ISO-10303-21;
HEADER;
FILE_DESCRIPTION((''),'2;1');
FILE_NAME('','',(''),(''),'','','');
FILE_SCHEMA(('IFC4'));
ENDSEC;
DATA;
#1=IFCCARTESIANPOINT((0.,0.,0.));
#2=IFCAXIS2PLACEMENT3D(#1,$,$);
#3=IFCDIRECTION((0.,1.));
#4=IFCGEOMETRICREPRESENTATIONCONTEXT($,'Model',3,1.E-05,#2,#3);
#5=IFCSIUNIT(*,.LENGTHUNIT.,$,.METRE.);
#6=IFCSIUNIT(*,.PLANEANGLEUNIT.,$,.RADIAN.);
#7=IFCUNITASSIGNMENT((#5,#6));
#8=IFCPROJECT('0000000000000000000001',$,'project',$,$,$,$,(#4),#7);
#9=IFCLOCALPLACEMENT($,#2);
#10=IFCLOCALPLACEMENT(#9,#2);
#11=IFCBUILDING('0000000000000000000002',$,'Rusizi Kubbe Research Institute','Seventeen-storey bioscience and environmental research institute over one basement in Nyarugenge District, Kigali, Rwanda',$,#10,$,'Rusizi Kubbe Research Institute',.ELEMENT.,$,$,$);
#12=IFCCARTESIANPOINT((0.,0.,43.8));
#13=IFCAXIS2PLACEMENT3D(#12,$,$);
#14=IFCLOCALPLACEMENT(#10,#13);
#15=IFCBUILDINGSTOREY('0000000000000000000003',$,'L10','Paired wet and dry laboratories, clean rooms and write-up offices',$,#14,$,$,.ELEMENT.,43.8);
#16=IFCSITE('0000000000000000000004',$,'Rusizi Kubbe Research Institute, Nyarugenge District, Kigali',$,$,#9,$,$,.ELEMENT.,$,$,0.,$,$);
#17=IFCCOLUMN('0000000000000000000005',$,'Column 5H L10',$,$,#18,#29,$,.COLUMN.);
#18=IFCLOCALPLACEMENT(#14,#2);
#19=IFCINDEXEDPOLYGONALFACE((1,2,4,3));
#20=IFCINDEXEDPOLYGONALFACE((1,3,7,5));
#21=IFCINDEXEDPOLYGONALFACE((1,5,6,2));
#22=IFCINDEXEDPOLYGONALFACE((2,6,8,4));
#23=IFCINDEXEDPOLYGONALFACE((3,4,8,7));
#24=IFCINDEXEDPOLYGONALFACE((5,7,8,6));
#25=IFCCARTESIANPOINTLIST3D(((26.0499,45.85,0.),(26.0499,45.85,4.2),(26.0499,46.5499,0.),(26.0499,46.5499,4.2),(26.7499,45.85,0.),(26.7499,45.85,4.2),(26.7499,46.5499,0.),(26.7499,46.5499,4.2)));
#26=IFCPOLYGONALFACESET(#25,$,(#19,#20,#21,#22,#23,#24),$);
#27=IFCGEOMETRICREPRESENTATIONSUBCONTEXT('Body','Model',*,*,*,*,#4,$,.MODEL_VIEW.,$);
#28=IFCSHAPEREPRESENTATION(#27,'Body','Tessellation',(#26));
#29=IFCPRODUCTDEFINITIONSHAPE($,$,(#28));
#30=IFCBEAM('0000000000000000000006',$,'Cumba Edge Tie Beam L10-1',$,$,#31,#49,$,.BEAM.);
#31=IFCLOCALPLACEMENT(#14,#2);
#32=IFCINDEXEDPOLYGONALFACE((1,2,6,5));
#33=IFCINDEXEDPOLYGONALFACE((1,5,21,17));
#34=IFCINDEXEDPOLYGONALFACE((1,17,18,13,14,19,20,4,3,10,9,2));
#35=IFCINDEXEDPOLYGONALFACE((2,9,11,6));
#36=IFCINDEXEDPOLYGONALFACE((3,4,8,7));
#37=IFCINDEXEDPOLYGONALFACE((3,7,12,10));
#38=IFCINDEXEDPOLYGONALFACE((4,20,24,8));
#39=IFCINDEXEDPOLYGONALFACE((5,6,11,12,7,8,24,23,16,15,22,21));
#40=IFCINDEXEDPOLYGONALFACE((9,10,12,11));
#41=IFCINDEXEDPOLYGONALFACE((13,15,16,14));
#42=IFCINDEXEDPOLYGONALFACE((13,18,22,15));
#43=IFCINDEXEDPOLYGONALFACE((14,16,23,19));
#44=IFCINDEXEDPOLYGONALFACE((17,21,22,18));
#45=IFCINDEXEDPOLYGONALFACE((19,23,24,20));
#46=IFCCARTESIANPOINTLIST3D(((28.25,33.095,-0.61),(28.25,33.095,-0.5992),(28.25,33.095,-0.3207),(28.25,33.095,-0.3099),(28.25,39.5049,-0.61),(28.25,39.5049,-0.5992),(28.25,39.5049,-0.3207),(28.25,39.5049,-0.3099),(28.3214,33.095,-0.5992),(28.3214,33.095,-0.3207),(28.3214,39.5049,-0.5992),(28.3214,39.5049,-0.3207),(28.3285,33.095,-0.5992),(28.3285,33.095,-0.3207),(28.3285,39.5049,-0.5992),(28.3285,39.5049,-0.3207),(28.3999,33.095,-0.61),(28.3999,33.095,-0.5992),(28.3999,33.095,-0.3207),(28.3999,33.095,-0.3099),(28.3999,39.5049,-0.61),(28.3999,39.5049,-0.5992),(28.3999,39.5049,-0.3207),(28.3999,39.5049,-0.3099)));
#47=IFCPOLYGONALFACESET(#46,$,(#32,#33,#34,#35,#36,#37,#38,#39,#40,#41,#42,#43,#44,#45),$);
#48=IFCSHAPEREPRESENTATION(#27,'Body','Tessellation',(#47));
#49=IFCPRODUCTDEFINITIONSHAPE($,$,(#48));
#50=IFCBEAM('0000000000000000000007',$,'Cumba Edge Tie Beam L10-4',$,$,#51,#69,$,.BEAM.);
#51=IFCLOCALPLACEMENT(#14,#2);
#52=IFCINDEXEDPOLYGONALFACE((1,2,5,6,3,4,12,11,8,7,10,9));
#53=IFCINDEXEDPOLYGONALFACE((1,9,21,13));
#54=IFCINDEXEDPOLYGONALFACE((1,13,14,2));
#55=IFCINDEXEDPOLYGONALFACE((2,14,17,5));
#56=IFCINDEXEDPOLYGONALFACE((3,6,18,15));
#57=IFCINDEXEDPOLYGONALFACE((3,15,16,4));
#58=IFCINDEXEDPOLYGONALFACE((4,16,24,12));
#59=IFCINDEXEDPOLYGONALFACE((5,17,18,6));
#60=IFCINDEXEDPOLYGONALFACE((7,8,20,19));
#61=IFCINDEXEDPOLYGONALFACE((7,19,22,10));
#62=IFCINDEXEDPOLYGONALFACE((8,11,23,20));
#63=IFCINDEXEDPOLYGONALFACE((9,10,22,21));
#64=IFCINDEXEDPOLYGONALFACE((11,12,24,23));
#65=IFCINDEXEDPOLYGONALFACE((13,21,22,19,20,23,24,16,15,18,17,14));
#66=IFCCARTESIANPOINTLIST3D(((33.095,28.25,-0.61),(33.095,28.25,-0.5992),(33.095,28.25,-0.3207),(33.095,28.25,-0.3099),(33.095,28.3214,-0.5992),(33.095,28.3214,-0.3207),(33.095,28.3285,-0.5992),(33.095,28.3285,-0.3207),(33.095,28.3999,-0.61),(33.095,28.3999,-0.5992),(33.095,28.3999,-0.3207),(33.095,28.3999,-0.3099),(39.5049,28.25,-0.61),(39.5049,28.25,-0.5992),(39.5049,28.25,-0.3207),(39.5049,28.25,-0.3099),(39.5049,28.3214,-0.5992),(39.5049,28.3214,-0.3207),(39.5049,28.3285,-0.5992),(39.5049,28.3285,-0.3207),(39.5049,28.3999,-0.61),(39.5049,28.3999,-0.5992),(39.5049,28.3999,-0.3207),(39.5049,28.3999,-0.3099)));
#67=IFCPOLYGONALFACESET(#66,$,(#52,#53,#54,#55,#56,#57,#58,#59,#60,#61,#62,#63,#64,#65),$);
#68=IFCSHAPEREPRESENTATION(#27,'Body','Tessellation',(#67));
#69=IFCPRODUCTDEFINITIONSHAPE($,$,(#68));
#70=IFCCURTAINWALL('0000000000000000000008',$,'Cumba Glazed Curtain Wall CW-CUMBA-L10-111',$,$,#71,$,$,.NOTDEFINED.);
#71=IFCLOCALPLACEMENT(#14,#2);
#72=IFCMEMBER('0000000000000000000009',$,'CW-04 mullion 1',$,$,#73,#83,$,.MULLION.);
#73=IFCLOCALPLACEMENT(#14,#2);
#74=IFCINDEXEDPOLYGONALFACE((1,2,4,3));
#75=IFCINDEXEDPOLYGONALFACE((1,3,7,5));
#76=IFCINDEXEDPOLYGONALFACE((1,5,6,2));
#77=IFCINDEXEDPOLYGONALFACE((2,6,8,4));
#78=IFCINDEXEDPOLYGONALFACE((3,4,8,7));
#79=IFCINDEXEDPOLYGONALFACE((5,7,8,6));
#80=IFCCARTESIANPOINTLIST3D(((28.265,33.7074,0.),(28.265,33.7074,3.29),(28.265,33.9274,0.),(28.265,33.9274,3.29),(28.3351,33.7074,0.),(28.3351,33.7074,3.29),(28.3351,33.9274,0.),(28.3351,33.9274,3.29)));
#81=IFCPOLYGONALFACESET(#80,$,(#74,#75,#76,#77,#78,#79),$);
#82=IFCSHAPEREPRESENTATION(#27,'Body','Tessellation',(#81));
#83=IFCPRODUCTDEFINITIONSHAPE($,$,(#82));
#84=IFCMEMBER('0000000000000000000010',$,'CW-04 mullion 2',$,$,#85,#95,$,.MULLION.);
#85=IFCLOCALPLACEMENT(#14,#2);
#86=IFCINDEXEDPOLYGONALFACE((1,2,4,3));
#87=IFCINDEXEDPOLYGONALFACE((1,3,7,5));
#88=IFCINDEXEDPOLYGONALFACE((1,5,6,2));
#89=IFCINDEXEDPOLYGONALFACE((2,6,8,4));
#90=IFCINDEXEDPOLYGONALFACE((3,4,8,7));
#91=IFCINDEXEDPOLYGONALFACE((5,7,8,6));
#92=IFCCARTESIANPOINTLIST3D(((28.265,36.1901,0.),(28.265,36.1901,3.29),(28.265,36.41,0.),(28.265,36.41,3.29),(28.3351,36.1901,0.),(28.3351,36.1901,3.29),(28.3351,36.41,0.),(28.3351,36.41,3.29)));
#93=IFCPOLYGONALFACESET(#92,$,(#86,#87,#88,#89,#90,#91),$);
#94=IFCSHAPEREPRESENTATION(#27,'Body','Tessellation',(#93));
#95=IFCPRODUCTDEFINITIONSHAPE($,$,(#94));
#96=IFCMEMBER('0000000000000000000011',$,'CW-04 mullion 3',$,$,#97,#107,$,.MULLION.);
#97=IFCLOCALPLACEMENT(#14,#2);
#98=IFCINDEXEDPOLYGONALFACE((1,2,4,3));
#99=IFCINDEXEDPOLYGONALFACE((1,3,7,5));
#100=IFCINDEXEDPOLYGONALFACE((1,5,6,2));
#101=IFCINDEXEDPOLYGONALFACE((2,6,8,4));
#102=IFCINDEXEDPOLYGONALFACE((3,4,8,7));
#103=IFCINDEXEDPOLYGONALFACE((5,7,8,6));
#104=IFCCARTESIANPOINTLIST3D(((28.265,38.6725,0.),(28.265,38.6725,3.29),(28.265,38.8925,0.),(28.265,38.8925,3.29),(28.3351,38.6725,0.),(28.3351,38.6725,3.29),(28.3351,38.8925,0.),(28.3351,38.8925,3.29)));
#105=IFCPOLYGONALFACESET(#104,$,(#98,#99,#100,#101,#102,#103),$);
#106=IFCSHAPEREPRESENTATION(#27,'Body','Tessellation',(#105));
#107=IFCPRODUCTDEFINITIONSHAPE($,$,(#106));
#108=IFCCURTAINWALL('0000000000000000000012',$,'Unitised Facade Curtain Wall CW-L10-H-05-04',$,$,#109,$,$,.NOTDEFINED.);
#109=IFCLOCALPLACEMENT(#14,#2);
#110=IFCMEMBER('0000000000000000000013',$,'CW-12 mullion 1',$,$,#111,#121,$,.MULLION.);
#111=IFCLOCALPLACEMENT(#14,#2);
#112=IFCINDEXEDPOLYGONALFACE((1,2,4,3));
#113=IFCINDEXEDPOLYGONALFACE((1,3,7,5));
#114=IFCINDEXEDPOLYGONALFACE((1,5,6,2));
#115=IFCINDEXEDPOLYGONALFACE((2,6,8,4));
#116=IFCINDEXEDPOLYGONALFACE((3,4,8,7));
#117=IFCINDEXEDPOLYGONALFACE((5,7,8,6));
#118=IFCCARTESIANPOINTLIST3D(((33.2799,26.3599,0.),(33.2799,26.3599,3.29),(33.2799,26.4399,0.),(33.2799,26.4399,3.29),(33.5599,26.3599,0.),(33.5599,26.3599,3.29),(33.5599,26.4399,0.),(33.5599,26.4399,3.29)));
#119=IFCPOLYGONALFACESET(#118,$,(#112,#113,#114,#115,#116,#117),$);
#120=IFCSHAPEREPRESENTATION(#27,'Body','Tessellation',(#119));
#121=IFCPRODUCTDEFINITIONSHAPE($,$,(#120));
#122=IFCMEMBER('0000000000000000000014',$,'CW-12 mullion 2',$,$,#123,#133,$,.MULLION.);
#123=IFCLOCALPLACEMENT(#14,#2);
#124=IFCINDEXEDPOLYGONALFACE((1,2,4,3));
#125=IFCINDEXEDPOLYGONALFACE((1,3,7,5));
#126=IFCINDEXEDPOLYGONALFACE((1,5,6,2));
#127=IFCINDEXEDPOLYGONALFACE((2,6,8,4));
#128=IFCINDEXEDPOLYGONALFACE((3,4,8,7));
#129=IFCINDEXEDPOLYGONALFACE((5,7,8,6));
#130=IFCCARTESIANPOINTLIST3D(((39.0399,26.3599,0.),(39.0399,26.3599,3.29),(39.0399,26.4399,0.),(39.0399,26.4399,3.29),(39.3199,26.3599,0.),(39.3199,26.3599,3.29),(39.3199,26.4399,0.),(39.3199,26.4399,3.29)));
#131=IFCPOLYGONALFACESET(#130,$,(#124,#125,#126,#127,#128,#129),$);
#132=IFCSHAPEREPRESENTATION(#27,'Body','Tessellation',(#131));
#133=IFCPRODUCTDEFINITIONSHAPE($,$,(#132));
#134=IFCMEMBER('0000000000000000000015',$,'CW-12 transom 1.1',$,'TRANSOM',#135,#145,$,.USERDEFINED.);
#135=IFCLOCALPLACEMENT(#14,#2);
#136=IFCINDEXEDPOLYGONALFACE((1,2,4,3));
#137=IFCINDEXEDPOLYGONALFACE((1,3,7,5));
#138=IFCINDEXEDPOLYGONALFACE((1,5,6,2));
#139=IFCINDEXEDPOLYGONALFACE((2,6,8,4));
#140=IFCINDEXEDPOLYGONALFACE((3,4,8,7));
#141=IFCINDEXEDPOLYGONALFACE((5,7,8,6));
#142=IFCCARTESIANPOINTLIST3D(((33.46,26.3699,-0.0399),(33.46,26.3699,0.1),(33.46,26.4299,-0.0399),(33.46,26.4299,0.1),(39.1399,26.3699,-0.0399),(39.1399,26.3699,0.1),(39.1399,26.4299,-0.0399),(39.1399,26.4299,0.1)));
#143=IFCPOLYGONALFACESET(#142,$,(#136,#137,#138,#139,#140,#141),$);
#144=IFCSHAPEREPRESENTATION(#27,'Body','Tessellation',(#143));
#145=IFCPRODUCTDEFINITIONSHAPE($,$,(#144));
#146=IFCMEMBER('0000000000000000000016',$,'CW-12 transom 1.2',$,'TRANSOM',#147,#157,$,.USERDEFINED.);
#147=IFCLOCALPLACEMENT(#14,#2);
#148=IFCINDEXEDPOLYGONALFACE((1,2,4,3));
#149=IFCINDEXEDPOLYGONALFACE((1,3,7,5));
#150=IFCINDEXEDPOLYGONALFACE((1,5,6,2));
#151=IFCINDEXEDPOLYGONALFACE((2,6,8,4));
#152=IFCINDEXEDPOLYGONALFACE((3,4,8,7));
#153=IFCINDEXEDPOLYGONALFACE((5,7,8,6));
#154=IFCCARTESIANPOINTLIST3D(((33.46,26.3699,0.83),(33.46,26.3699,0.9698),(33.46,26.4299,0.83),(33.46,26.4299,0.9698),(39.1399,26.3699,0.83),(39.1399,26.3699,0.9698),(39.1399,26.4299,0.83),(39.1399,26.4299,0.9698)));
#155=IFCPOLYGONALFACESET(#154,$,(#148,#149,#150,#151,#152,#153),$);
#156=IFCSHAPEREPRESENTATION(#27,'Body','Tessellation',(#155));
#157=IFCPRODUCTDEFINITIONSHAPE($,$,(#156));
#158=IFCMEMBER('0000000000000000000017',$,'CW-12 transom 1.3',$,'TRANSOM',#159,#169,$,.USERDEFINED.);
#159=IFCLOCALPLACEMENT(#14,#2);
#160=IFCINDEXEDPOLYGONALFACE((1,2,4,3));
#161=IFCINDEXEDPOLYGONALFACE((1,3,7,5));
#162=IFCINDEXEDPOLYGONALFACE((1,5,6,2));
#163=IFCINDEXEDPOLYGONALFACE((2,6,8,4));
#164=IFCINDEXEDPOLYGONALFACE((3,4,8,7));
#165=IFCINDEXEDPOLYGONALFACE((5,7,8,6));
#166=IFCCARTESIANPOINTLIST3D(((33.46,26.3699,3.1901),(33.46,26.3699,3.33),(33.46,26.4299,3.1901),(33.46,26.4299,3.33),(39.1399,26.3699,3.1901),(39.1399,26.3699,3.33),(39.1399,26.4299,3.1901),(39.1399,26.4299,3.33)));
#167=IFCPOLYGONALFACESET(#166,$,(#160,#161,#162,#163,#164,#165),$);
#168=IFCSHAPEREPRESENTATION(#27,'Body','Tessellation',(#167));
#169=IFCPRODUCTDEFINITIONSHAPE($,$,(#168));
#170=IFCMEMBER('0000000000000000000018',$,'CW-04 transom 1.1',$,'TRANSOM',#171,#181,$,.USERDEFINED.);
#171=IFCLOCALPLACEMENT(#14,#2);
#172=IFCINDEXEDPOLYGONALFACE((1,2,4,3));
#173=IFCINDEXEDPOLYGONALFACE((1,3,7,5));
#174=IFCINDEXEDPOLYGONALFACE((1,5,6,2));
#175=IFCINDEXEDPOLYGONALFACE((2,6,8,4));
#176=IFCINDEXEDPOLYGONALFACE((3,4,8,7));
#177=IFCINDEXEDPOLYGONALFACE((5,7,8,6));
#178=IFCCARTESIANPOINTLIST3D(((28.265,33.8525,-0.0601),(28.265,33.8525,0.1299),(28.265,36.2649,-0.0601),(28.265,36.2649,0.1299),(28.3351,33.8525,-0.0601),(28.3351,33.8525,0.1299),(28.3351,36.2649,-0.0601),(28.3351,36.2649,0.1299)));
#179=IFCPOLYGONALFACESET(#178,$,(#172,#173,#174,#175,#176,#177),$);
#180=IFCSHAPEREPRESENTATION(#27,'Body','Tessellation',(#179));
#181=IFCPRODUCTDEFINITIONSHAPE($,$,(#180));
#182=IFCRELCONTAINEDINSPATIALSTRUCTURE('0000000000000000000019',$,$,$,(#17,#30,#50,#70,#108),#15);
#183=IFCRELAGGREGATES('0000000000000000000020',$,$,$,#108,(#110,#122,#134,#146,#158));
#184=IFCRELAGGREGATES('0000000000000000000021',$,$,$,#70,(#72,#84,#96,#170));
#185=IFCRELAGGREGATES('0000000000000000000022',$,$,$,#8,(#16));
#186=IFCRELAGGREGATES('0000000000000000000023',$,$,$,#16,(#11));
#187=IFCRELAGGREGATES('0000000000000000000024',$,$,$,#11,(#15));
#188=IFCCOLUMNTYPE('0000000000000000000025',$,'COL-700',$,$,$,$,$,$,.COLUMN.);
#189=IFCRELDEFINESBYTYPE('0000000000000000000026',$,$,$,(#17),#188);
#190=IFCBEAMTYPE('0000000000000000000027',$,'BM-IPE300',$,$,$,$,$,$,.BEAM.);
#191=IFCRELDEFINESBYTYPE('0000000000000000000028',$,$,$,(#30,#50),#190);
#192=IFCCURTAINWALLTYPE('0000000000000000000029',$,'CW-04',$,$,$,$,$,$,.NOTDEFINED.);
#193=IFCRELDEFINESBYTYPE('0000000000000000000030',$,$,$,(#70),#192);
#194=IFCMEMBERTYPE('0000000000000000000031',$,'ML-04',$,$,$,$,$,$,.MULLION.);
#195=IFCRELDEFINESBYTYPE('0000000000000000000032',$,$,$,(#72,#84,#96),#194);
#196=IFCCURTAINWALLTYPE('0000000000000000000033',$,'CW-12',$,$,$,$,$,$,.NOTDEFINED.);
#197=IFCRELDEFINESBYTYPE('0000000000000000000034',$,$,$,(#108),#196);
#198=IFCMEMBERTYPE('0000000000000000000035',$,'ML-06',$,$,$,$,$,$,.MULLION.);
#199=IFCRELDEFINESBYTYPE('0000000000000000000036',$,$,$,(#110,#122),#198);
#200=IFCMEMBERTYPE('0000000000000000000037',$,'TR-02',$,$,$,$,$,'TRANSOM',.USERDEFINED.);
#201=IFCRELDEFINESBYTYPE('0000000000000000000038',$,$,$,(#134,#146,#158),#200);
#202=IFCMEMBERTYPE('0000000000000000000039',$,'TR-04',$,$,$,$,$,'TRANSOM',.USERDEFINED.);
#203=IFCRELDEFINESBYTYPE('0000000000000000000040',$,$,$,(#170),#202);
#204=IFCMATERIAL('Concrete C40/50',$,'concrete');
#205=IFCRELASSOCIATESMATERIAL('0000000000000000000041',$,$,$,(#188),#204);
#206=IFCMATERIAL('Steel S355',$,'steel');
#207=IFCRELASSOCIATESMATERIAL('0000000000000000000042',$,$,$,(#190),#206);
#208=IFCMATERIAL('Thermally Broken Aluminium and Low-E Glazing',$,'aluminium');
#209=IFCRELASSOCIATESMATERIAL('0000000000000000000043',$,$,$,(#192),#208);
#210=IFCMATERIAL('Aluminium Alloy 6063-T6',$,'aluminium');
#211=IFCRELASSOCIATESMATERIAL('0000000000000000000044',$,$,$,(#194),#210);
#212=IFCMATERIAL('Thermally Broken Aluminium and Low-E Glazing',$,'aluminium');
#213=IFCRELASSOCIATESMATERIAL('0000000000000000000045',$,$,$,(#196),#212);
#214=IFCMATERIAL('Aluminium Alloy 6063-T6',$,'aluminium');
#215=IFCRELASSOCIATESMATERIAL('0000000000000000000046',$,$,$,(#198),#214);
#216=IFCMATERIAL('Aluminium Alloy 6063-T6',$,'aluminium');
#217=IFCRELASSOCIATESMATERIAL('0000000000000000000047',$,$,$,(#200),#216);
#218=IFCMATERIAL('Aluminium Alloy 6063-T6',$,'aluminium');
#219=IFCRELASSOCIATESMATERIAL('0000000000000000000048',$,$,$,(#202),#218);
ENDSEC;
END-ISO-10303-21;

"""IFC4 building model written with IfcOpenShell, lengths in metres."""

from ifc_helpers import new_model, si_unit, direction, frame, origin, origin_2d, place, context, subcontext, project, spatial, rectangle, i_section, extrude, material, material_profile, profile_set, type_object, element, aggregate, save


model = new_model("IFC4")

# Units and contexts
model_context = context("Model", 3, precision=1e-05, world=origin(), true_north=direction((0.0, 1.0)))
body_context = subcontext(model_context, "Body", "Model", "MODEL_VIEW")
ifc_project = project(units=[si_unit("LENGTHUNIT", "METRE"), si_unit("PLANEANGLEUNIT", "RADIAN")], contexts=[model_context])

# Site, building, storey
site_placement = place(None, origin())
site = spatial("IfcSite", under=ifc_project, at=site_placement, Name="Rusizi Kubbe Research Institute, Nyarugenge District, Kigali", CompositionType="ELEMENT", RefElevation=0.0)
building_placement = place(site_placement, origin())
building = spatial("IfcBuilding", under=site, at=building_placement, Name="Rusizi Kubbe Research Institute", Description="Seventeen-storey bioscience and environmental research institute over one basement in Nyarugenge District, Kigali, Rwanda", LongName="Rusizi Kubbe Research Institute", CompositionType="ELEMENT")
storey_placement = place(building_placement, frame((0.0, 0.0, 43.8)))
storey = spatial("IfcBuildingStorey", under=building, at=storey_placement, Name="L10", Description="Paired wet and dry laboratories, clean rooms and write-up offices", CompositionType="ELEMENT", Elevation=43.8)

# Column
ifc_material_1 = material(Name="Concrete C40/50", Category="concrete")
ifc_material_profile_1 = material_profile(ifc_material_1, rectangle(XDim=0.7, YDim=0.7, at=origin_2d()), Name="RC700x700")
ifc_profile_set_1 = profile_set([ifc_material_profile_1], Name="Concrete C40/50")
column_type = type_object("IfcColumnType", Name="COL-700", PredefinedType="COLUMN", material=ifc_profile_set_1)
column_placement = place(storey_placement, frame((26.3999, 46.2, 0.0), z_axis=(0.0, 0.0, 1.0), x_axis=(1.0, 0.0, 0.0)))
element("IfcColumn", 1, at=column_placement, inside=storey, type_object=column_type, Name="Column 5H L10", PredefinedType="COLUMN", context=body_context, shape_type="SweptSolid", body=[
    extrude(rectangle(XDim=0.7, YDim=0.7, at=origin_2d()), origin(), (0.0, 0.0, 1.0), 4.2),
])

# Beams
ifc_material_2 = material(Name="Steel S355", Category="steel")
ifc_material_profile_2 = material_profile(ifc_material_2, i_section(OverallWidth=0.1499, OverallDepth=0.3, WebThickness=0.0071, FlangeThickness=0.0107, at=origin_2d()), Name="IPE 300")
ifc_profile_set_2 = profile_set([ifc_material_profile_2], Name="Steel S355")
beam_type = type_object("IfcBeamType", Name="BM-IPE300", PredefinedType="BEAM", material=ifc_profile_set_2)
for number, where, z_axis, x_axis, name in (
    (2, (28.325, 33.095, -0.46), (0.0, 1.0, 0.0), (-1.0, 0.0, 0.0), "Cumba Edge Tie Beam L10-1"),
    (3, (33.095, 28.325, -0.46), (1.0, 0.0, 0.0), (0.0, 1.0, 0.0), "Cumba Edge Tie Beam L10-4"),
):
    element("IfcBeam", number, at=place(storey_placement, frame(where, z_axis=z_axis, x_axis=x_axis)), inside=storey, type_object=beam_type, Name=name, PredefinedType="BEAM", context=body_context, shape_type="SweptSolid", body=[
        extrude(i_section(OverallWidth=0.1499, OverallDepth=0.3, WebThickness=0.0071, FlangeThickness=0.0107, at=origin_2d()), origin(), (0.0, 0.0, 1.0), 6.4099),
    ])

# Curtain walls, members
ifc_material_3 = material(Name="Thermally Broken Aluminium and Low-E Glazing", Category="aluminium")
curtain_wall_type_1 = type_object("IfcCurtainWallType", Name="CW-04", PredefinedType="NOTDEFINED", material=ifc_material_3)
curtain_wall_1_placement = place(storey_placement, origin())
curtain_wall_1 = element("IfcCurtainWall", 4, at=curtain_wall_1_placement, inside=storey, type_object=curtain_wall_type_1, Name="Cumba Glazed Curtain Wall CW-CUMBA-L10-111", PredefinedType="NOTDEFINED")
ifc_material_4 = material(Name="Aluminium Alloy 6063-T6", Category="aluminium")
ifc_material_profile_3 = material_profile(ifc_material_4, rectangle(XDim=0.0701, YDim=0.22, at=origin_2d()), Name="ALU-M 70x220")
ifc_profile_set_3 = profile_set([ifc_material_profile_3], Name="Aluminium Alloy 6063-T6")
member_type_1 = type_object("IfcMemberType", Name="ML-04", PredefinedType="MULLION", material=ifc_profile_set_3)
member_1_placement = place(storey_placement, frame((28.3, 33.8174, 0.0), z_axis=(0.0, 0.0, 1.0), x_axis=(-1.0, 0.0, 0.0)))
member_1 = element("IfcMember", 5, at=member_1_placement, type_object=member_type_1, Name="CW-04 mullion 1", PredefinedType="MULLION", context=body_context, shape_type="SweptSolid", body=[
    extrude(rectangle(XDim=0.0701, YDim=0.22, at=origin_2d()), origin(), (0.0, 0.0, 1.0), 3.29),
])
member_2_placement = place(storey_placement, frame((28.3, 36.3, 0.0), z_axis=(0.0, 0.0, 1.0), x_axis=(-1.0, 0.0, 0.0)))
member_2 = element("IfcMember", 6, at=member_2_placement, type_object=member_type_1, Name="CW-04 mullion 2", PredefinedType="MULLION", context=body_context, shape_type="SweptSolid", body=[
    extrude(rectangle(XDim=0.0701, YDim=0.22, at=origin_2d()), origin(), (0.0, 0.0, 1.0), 3.29),
])
member_3_placement = place(storey_placement, frame((28.3, 38.7825, 0.0), z_axis=(0.0, 0.0, 1.0), x_axis=(-1.0, 0.0, 0.0)))
member_3 = element("IfcMember", 7, at=member_3_placement, type_object=member_type_1, Name="CW-04 mullion 3", PredefinedType="MULLION", context=body_context, shape_type="SweptSolid", body=[
    extrude(rectangle(XDim=0.0701, YDim=0.22, at=origin_2d()), origin(), (0.0, 0.0, 1.0), 3.29),
])
ifc_material_5 = material(Name="Thermally Broken Aluminium and Low-E Glazing", Category="aluminium")
curtain_wall_type_2 = type_object("IfcCurtainWallType", Name="CW-12", PredefinedType="NOTDEFINED", material=ifc_material_5)
curtain_wall_2_placement = place(storey_placement, origin())
curtain_wall_2 = element("IfcCurtainWall", 8, at=curtain_wall_2_placement, inside=storey, type_object=curtain_wall_type_2, Name="Unitised Facade Curtain Wall CW-L10-H-05-04", PredefinedType="NOTDEFINED")
ifc_material_6 = material(Name="Aluminium Alloy 6063-T6", Category="aluminium")
ifc_material_profile_4 = material_profile(ifc_material_6, rectangle(XDim=0.0801, YDim=0.28, at=origin_2d()), Name="ALU-M 80x280")
ifc_profile_set_4 = profile_set([ifc_material_profile_4], Name="Aluminium Alloy 6063-T6")
member_type_2 = type_object("IfcMemberType", Name="ML-06", PredefinedType="MULLION", material=ifc_profile_set_4)
member_4_placement = place(storey_placement, frame((33.4199, 26.3999, 0.0), z_axis=(0.0, 0.0, 1.0), x_axis=(0.0, 1.0, 0.0)))
member_4 = element("IfcMember", 9, at=member_4_placement, type_object=member_type_2, Name="CW-12 mullion 1", PredefinedType="MULLION", context=body_context, shape_type="SweptSolid", body=[
    extrude(rectangle(XDim=0.0801, YDim=0.28, at=origin_2d()), origin(), (0.0, 0.0, 1.0), 3.29),
])
member_5_placement = place(storey_placement, frame((39.1799, 26.3999, 0.0), z_axis=(0.0, 0.0, 1.0), x_axis=(0.0, 1.0, 0.0)))
member_5 = element("IfcMember", 10, at=member_5_placement, type_object=member_type_2, Name="CW-12 mullion 2", PredefinedType="MULLION", context=body_context, shape_type="SweptSolid", body=[
    extrude(rectangle(XDim=0.0801, YDim=0.28, at=origin_2d()), origin(), (0.0, 0.0, 1.0), 3.29),
])
ifc_material_7 = material(Name="Aluminium Alloy 6063-T6", Category="aluminium")
ifc_material_profile_5 = material_profile(ifc_material_7, rectangle(XDim=0.0601, YDim=0.1399, at=origin_2d()), Name="ALU-T 60x140")
ifc_profile_set_5 = profile_set([ifc_material_profile_5], Name="Aluminium Alloy 6063-T6")
member_type_3 = type_object("IfcMemberType", Name="TR-02", ElementType="TRANSOM", PredefinedType="USERDEFINED", material=ifc_profile_set_5)
member_6_placement = place(storey_placement, frame((33.46, 26.3999, 0.03), z_axis=(1.0, 0.0, 0.0), x_axis=(0.0, 1.0, 0.0)))
member_6 = element("IfcMember", 11, at=member_6_placement, type_object=member_type_3, Name="CW-12 transom 1.1", ObjectType="TRANSOM", PredefinedType="USERDEFINED", context=body_context, shape_type="SweptSolid", body=[
    extrude(rectangle(XDim=0.0601, YDim=0.1399, at=origin_2d()), origin(), (0.0, 0.0, 1.0), 5.6799),
])
member_7_placement = place(storey_placement, frame((33.46, 26.3999, 0.8999), z_axis=(1.0, 0.0, 0.0), x_axis=(0.0, 1.0, 0.0)))
member_7 = element("IfcMember", 12, at=member_7_placement, type_object=member_type_3, Name="CW-12 transom 1.2", ObjectType="TRANSOM", PredefinedType="USERDEFINED", context=body_context, shape_type="SweptSolid", body=[
    extrude(rectangle(XDim=0.0601, YDim=0.1399, at=origin_2d()), origin(), (0.0, 0.0, 1.0), 5.6799),
])
member_8_placement = place(storey_placement, frame((33.46, 26.3999, 3.26), z_axis=(1.0, 0.0, 0.0), x_axis=(0.0, 1.0, 0.0)))
member_8 = element("IfcMember", 13, at=member_8_placement, type_object=member_type_3, Name="CW-12 transom 1.3", ObjectType="TRANSOM", PredefinedType="USERDEFINED", context=body_context, shape_type="SweptSolid", body=[
    extrude(rectangle(XDim=0.0601, YDim=0.1399, at=origin_2d()), origin(), (0.0, 0.0, 1.0), 5.6799),
])

# Member
ifc_material_8 = material(Name="Aluminium Alloy 6063-T6", Category="aluminium")
ifc_material_profile_6 = material_profile(ifc_material_8, rectangle(XDim=0.0701, YDim=0.1899, at=origin_2d()), Name="ALU-T 70x190")
ifc_profile_set_6 = profile_set([ifc_material_profile_6], Name="Aluminium Alloy 6063-T6")
member_type_4 = type_object("IfcMemberType", Name="TR-04", ElementType="TRANSOM", PredefinedType="USERDEFINED", material=ifc_profile_set_6)
member_9_placement = place(storey_placement, frame((28.3, 33.8525, 0.0349), z_axis=(0.0, 1.0, 0.0), x_axis=(-1.0, 0.0, 0.0)))
member_9 = element("IfcMember", 14, at=member_9_placement, type_object=member_type_4, Name="CW-04 transom 1.1", ObjectType="TRANSOM", PredefinedType="USERDEFINED", context=body_context, shape_type="SweptSolid", body=[
    extrude(rectangle(XDim=0.0701, YDim=0.1899, at=origin_2d()), origin(), (0.0, 0.0, 1.0), 2.4124),
])

aggregate(curtain_wall_2, [member_4, member_5, member_6, member_7, member_8])
aggregate(curtain_wall_1, [member_1, member_2, member_3, member_9])

save(model, "model.ifc")
